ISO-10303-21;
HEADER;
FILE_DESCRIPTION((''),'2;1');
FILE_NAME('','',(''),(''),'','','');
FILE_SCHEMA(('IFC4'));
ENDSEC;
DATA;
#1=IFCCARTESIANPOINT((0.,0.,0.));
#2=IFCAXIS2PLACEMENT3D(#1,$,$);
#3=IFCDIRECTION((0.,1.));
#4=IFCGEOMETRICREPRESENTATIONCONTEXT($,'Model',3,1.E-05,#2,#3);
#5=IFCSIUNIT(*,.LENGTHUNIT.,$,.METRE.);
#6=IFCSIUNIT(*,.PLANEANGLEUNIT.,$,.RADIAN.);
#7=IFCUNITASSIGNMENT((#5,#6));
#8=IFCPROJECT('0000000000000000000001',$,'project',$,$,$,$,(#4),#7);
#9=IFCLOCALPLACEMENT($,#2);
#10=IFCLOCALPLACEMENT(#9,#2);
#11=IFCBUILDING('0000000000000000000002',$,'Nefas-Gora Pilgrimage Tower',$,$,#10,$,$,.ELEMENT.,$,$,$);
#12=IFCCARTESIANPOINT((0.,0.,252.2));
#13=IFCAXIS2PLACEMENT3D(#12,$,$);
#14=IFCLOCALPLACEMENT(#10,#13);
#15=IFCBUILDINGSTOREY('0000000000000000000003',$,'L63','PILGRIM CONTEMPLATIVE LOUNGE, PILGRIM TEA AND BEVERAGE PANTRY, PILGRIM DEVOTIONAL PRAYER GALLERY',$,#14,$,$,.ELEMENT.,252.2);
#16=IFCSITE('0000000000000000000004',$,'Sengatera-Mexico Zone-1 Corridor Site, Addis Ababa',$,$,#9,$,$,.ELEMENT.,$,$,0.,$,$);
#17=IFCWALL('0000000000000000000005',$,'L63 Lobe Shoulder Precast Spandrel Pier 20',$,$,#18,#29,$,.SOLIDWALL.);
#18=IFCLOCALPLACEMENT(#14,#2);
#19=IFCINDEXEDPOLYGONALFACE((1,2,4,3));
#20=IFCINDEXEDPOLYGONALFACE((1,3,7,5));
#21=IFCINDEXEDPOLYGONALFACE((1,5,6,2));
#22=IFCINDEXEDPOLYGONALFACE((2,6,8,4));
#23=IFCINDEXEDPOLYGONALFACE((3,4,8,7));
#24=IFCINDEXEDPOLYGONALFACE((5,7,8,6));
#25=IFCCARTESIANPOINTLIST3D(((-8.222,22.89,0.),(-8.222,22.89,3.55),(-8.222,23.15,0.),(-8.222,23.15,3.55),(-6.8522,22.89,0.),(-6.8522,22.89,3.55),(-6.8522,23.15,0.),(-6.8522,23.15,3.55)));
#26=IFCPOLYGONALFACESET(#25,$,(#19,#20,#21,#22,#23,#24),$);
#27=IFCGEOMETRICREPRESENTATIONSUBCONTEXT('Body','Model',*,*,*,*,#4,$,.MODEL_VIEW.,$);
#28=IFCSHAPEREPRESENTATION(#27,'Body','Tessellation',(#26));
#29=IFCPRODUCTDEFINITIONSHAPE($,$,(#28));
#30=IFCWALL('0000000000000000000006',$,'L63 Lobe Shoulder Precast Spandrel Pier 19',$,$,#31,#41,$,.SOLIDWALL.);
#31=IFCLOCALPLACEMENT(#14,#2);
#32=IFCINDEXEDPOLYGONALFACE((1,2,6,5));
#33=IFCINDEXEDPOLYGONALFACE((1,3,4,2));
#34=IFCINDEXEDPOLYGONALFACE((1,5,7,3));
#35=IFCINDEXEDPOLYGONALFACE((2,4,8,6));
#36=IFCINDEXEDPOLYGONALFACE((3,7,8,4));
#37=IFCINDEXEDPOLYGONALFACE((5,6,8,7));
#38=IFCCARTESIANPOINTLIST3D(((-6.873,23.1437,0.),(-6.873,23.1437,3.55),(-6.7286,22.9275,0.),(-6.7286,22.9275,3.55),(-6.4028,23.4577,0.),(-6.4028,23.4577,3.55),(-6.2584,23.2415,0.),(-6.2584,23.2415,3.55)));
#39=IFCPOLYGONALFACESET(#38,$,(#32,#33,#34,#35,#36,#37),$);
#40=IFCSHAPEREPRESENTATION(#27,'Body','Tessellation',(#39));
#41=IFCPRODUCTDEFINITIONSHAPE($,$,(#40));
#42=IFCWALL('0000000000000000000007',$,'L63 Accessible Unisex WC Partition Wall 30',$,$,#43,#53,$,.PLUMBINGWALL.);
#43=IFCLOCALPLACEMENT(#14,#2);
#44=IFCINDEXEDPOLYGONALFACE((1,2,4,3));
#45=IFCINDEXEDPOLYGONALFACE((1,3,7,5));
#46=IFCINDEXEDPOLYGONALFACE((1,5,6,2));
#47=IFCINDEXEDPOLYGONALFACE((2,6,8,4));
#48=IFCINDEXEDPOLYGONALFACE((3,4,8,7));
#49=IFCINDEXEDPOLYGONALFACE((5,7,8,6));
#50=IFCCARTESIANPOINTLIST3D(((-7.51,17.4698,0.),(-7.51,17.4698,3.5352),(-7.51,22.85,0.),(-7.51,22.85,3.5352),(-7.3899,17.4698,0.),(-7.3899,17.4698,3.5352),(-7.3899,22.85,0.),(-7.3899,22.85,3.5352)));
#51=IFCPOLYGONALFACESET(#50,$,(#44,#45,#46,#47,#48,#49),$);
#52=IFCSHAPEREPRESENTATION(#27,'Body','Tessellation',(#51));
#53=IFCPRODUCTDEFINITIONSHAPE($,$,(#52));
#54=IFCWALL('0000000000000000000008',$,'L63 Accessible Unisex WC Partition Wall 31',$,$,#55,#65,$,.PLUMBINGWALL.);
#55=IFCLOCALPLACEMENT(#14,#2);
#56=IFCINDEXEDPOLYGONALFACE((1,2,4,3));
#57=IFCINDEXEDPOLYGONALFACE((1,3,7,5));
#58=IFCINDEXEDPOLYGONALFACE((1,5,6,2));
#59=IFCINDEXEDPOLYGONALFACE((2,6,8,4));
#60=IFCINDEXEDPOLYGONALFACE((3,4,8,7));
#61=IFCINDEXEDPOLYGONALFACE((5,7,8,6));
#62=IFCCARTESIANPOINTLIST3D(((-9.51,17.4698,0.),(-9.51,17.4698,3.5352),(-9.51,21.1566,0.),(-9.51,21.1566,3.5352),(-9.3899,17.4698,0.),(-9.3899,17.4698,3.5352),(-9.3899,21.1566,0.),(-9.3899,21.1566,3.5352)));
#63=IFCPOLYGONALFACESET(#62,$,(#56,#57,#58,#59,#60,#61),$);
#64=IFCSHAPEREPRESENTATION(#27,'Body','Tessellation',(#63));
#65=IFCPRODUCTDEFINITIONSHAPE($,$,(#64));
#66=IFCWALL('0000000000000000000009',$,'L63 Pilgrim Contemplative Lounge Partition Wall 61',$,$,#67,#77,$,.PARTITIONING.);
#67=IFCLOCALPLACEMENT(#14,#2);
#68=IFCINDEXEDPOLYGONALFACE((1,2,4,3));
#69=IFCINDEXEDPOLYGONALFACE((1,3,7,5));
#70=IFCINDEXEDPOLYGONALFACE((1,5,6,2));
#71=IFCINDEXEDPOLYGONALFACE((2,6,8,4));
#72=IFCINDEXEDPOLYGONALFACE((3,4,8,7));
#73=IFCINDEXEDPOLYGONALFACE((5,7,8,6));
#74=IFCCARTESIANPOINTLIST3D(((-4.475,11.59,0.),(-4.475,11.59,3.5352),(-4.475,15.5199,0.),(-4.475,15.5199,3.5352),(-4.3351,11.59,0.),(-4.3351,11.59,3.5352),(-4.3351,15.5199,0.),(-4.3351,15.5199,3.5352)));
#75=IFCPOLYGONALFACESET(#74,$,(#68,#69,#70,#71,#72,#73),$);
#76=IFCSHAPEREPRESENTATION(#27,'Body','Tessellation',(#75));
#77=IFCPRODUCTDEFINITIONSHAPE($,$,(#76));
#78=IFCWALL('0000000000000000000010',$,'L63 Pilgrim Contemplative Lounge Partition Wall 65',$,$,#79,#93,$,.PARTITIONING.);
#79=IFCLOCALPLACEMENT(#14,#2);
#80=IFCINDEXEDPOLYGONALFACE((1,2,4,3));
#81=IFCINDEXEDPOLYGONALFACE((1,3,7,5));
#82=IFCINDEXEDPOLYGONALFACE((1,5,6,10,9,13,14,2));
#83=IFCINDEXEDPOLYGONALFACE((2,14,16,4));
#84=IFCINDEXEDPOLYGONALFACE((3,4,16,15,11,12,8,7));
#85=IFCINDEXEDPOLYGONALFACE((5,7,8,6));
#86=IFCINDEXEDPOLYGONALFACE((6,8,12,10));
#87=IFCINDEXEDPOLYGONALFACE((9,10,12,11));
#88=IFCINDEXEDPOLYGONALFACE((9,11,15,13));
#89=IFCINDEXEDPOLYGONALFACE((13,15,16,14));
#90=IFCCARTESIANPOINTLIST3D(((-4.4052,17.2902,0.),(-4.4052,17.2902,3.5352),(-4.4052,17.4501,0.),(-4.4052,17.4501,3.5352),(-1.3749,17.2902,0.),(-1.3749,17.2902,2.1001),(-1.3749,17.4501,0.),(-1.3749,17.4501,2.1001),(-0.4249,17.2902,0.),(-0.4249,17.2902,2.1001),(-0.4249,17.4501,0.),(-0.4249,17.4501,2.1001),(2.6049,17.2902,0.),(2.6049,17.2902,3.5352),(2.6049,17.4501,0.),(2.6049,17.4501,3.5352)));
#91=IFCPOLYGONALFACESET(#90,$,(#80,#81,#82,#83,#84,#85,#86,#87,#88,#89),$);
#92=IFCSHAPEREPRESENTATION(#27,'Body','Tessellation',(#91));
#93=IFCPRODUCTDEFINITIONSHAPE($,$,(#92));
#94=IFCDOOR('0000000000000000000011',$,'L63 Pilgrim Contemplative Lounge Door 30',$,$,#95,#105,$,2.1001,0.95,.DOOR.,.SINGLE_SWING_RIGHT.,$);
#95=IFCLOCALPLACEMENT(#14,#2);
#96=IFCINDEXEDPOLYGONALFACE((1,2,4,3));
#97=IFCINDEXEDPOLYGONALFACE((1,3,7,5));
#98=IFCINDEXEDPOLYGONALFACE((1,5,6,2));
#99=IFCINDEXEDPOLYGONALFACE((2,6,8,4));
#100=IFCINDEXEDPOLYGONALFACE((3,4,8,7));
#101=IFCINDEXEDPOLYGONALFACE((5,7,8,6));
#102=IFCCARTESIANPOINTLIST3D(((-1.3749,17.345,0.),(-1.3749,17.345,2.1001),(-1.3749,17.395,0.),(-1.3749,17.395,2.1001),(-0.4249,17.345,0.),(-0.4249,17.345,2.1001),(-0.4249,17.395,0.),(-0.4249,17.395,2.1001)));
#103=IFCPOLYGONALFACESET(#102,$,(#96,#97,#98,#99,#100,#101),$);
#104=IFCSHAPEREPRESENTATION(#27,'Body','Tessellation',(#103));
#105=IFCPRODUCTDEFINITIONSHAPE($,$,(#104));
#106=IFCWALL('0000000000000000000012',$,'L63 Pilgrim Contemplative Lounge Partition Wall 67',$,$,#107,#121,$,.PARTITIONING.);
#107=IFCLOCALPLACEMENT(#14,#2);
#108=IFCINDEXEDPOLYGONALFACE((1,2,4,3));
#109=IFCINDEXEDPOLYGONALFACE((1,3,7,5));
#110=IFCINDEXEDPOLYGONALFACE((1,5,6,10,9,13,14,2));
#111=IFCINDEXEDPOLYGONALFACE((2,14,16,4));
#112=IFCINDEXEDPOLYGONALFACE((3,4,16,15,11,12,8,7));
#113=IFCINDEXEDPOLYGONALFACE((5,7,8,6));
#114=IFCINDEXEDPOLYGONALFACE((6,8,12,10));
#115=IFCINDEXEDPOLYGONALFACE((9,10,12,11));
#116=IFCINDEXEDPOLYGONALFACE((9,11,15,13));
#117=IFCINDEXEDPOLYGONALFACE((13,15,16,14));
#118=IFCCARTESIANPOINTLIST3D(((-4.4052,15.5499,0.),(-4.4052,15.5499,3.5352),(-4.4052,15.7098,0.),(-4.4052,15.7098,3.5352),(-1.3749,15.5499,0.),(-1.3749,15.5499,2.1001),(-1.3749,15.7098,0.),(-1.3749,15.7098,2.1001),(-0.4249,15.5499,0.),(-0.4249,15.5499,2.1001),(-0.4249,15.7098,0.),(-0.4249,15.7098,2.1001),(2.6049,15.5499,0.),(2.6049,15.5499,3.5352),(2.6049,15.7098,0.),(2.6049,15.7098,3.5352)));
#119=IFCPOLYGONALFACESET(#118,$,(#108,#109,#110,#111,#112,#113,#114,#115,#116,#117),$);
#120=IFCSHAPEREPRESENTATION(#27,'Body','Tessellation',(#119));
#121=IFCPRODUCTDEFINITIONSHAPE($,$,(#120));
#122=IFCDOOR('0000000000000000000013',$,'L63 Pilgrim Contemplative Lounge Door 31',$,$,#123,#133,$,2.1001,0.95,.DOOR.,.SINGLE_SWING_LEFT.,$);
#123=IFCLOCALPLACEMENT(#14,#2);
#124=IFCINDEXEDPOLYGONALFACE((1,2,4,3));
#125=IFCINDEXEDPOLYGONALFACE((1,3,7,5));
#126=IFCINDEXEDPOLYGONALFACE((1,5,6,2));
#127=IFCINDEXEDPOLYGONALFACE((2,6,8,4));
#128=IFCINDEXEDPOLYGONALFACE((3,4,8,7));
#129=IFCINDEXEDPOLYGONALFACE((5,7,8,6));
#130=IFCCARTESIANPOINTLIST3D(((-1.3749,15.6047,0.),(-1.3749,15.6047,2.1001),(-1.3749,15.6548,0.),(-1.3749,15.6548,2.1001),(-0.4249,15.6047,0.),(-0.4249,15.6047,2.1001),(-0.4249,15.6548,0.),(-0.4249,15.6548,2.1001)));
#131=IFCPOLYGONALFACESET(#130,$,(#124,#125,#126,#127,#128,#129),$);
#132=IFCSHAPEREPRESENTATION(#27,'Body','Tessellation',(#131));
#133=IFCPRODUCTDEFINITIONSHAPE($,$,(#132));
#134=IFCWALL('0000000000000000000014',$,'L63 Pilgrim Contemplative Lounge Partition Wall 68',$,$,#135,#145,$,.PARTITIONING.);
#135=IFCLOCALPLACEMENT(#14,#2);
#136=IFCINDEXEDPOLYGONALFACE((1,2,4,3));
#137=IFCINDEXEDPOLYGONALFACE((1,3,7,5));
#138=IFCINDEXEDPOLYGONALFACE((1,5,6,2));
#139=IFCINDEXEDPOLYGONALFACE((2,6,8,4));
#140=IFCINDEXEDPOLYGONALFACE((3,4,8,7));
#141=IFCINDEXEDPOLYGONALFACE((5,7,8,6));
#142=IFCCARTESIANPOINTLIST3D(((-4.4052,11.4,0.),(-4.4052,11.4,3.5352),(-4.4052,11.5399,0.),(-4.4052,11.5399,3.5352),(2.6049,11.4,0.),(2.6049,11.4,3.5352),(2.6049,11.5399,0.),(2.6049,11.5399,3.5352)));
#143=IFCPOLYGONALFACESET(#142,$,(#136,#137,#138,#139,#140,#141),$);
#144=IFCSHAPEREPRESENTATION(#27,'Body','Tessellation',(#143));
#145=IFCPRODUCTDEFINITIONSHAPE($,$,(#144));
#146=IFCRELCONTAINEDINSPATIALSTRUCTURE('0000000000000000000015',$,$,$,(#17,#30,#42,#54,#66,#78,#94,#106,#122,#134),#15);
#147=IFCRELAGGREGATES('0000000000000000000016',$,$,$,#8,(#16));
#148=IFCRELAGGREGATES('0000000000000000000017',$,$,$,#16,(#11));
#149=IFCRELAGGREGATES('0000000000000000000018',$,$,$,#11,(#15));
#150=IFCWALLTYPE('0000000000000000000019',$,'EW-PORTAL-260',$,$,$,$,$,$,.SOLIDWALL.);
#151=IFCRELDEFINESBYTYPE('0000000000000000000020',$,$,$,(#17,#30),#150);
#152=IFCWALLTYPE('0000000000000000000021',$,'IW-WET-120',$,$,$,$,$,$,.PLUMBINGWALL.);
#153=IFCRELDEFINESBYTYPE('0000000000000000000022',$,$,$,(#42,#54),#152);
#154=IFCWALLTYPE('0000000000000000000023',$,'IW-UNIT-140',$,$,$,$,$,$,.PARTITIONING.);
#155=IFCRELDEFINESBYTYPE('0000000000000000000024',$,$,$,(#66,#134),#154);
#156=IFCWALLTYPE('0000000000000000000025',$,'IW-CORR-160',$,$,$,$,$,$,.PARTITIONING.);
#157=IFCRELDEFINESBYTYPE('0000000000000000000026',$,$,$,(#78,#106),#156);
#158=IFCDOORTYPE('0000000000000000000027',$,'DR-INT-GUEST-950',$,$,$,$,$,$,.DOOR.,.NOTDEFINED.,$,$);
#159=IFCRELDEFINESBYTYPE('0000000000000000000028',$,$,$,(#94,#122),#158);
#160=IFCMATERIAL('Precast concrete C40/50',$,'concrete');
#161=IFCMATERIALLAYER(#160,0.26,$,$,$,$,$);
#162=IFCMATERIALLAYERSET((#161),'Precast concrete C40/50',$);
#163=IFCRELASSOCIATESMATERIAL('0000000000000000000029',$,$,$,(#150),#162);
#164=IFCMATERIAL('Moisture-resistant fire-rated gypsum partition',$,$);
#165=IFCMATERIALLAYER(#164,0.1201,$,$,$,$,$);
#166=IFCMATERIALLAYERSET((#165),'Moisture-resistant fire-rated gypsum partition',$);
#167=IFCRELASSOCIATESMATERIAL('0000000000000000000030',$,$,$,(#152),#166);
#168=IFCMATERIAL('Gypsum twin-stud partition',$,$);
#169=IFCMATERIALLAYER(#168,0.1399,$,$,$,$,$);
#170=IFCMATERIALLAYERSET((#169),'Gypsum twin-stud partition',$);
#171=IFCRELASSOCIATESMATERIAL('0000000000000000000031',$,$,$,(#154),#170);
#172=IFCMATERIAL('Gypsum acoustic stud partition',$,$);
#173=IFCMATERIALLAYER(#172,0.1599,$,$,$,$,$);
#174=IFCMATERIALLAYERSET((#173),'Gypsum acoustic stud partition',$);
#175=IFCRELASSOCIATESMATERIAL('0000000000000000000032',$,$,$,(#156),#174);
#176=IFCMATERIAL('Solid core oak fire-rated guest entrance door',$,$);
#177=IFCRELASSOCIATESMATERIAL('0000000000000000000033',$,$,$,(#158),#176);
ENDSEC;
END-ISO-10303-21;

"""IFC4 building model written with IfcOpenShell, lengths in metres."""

from ifc_helpers import new_model, si_unit, direction, frame, frame_2d, origin, place, context, subcontext, project, spatial, rectangle, extrude, source, transform, mapped, material, layer, layer_set, type_object, element, fill, save


model = new_model("IFC4")

# Units and contexts
model_context = context("Model", 3, precision=1e-05, world=origin(), true_north=direction((0.0, 1.0)))
body_context = subcontext(model_context, "Body", "Model", "MODEL_VIEW")
ifc_project = project(units=[si_unit("LENGTHUNIT", "METRE"), si_unit("PLANEANGLEUNIT", "RADIAN")], contexts=[model_context])

# Site, building, storey
site_placement = place(None, origin())
site = spatial("IfcSite", under=ifc_project, at=site_placement, Name="Sengatera-Mexico Zone-1 Corridor Site, Addis Ababa", CompositionType="ELEMENT", RefElevation=0.0)
building_placement = place(site_placement, origin())
building = spatial("IfcBuilding", under=site, at=building_placement, Name="Nefas-Gora Pilgrimage Tower", CompositionType="ELEMENT")
storey_placement = place(building_placement, frame((0.0, 0.0, 252.2)))
storey = spatial("IfcBuildingStorey", under=building, at=storey_placement, Name="L63", Description="PILGRIM CONTEMPLATIVE LOUNGE, PILGRIM TEA AND BEVERAGE PANTRY, PILGRIM DEVOTIONAL PRAYER GALLERY", CompositionType="ELEMENT", Elevation=252.2)

# Walls
ifc_material_1 = material(Name="Precast concrete C40/50", Category="concrete")
ifc_layer_1 = layer(ifc_material_1, 0.26)
ifc_layer_set_1 = layer_set([ifc_layer_1], Name="Precast concrete C40/50")
wall_type_1 = type_object("IfcWallType", Name="EW-PORTAL-260", PredefinedType="SOLIDWALL", material=ifc_layer_set_1)
shared_shape_1 = source(origin(), body_context, "Body", "SweptSolid", [
    extrude(rectangle(XDim=1.3699, YDim=0.26, at=frame_2d((0.6851, 0.0))), origin(), (0.0, 0.0, 1.0), 3.55),
])
wall_1_placement = place(storey_placement, frame((-6.8521, 23.02, 0.0), z_axis=(0.0, 0.0, 1.0), x_axis=(-1.0, 0.0, 0.0)))
element("IfcWall", 1, at=wall_1_placement, inside=storey, type_object=wall_type_1, Name="L63 Lobe Shoulder Precast Spandrel Pier 20", PredefinedType="SOLIDWALL", context=body_context, shape_type="MappedRepresentation", body=[
    mapped(shared_shape_1, transform((0.0, 0.0, 0.0), x_axis=(1.0, 0.0, 0.0), y_axis=(0.0, 1.0, 0.0), z_axis=(0.0, 0.0, 1.0), scale=1.0)),
])
shared_shape_2 = source(origin(), body_context, "Body", "SweptSolid", [
    extrude(rectangle(XDim=0.5654, YDim=0.26, at=frame_2d((0.2827, 0.0))), origin(), (0.0, 0.0, 1.0), 3.55),
])
wall_2_placement = place(storey_placement, frame((-6.3306, 23.3496, 0.0), z_axis=(0.0, 0.0, 1.0), x_axis=(-0.831651, -0.555298, 0.0)))
element("IfcWall", 2, at=wall_2_placement, inside=storey, type_object=wall_type_1, Name="L63 Lobe Shoulder Precast Spandrel Pier 19", PredefinedType="SOLIDWALL", context=body_context, shape_type="MappedRepresentation", body=[
    mapped(shared_shape_2, transform((0.0, 0.0, 0.0), x_axis=(1.0, 0.0, 0.0), y_axis=(0.0, 1.0, 0.0), z_axis=(0.0, 0.0, 1.0), scale=1.0)),
])
ifc_material_2 = material(Name="Moisture-resistant fire-rated gypsum partition")
ifc_layer_2 = layer(ifc_material_2, 0.1201)
ifc_layer_set_2 = layer_set([ifc_layer_2], Name="Moisture-resistant fire-rated gypsum partition")
wall_type_2 = type_object("IfcWallType", Name="IW-WET-120", PredefinedType="PLUMBINGWALL", material=ifc_layer_set_2)
shared_shape_3 = source(origin(), body_context, "Body", "SweptSolid", [
    extrude(rectangle(XDim=5.3801, YDim=0.1201, at=frame_2d((2.6899, 0.0))), origin(), (0.0, 0.0, 1.0), 3.5352),
])
wall_3_placement = place(storey_placement, frame((-7.45, 17.47, 0.0), z_axis=(0.0, 0.0, 1.0), x_axis=(0.0, 1.0, 0.0)))
element("IfcWall", 3, at=wall_3_placement, inside=storey, type_object=wall_type_2, Name="L63 Accessible Unisex WC Partition Wall 30", PredefinedType="PLUMBINGWALL", context=body_context, shape_type="MappedRepresentation", body=[
    mapped(shared_shape_3, transform((0.0, 0.0, 0.0), x_axis=(1.0, 0.0, 0.0), y_axis=(0.0, 1.0, 0.0), z_axis=(0.0, 0.0, 1.0), scale=1.0)),
])
shared_shape_4 = source(origin(), body_context, "Body", "SweptSolid", [
    extrude(rectangle(XDim=3.6868, YDim=0.1201, at=frame_2d((1.8433, 0.0))), origin(), (0.0, 0.0, 1.0), 3.5352),
])
wall_4_placement = place(storey_placement, frame((-9.45, 17.47, 0.0), z_axis=(0.0, 0.0, 1.0), x_axis=(0.0, 1.0, 0.0)))
element("IfcWall", 4, at=wall_4_placement, inside=storey, type_object=wall_type_2, Name="L63 Accessible Unisex WC Partition Wall 31", PredefinedType="PLUMBINGWALL", context=body_context, shape_type="MappedRepresentation", body=[
    mapped(shared_shape_4, transform((0.0, 0.0, 0.0), x_axis=(1.0, 0.0, 0.0), y_axis=(0.0, 1.0, 0.0), z_axis=(0.0, 0.0, 1.0), scale=1.0)),
])
ifc_material_3 = material(Name="Gypsum twin-stud partition")
ifc_layer_3 = layer(ifc_material_3, 0.1399)
ifc_layer_set_3 = layer_set([ifc_layer_3], Name="Gypsum twin-stud partition")
wall_type_3 = type_object("IfcWallType", Name="IW-UNIT-140", PredefinedType="PARTITIONING", material=ifc_layer_set_3)
shared_shape_5 = source(origin(), body_context, "Body", "SweptSolid", [
    extrude(rectangle(XDim=3.9299, YDim=0.1399, at=frame_2d((1.9648, 0.0))), origin(), (0.0, 0.0, 1.0), 3.5352),
])
wall_5_placement = place(storey_placement, frame((-4.405, 11.5901, 0.0), z_axis=(0.0, 0.0, 1.0), x_axis=(0.0, 1.0, 0.0)))
element("IfcWall", 5, at=wall_5_placement, inside=storey, type_object=wall_type_3, Name="L63 Pilgrim Contemplative Lounge Partition Wall 61", PredefinedType="PARTITIONING", context=body_context, shape_type="MappedRepresentation", body=[
    mapped(shared_shape_5, transform((0.0, 0.0, 0.0), x_axis=(1.0, 0.0, 0.0), y_axis=(0.0, 1.0, 0.0), z_axis=(0.0, 0.0, 1.0), scale=1.0)),
])

# Walls, openings, doors
ifc_material_4 = material(Name="Gypsum acoustic stud partition")
ifc_layer_4 = layer(ifc_material_4, 0.1599)
ifc_layer_set_4 = layer_set([ifc_layer_4], Name="Gypsum acoustic stud partition")
wall_type_4 = type_object("IfcWallType", Name="IW-CORR-160", PredefinedType="PARTITIONING", material=ifc_layer_set_4)
shared_shape_6 = source(origin(), body_context, "Body", "SweptSolid", [
    extrude(rectangle(XDim=7.01, YDim=0.1599, at=frame_2d((3.5049, 0.0))), origin(), (0.0, 0.0, 1.0), 3.5352),
])
wall_6_placement = place(storey_placement, frame((-4.405, 17.3701, 0.0), z_axis=(0.0, 0.0, 1.0), x_axis=(1.0, 0.0, 0.0)))
wall_6 = element("IfcWall", 6, at=wall_6_placement, inside=storey, type_object=wall_type_4, Name="L63 Pilgrim Contemplative Lounge Partition Wall 65", PredefinedType="PARTITIONING", context=body_context, shape_type="MappedRepresentation", body=[
    mapped(shared_shape_6, transform((0.0, 0.0, 0.0), x_axis=(1.0, 0.0, 0.0), y_axis=(0.0, 1.0, 0.0), z_axis=(0.0, 0.0, 1.0), scale=1.0)),
])
opening_1_placement = place(wall_6_placement, frame((3.03, 0.0, 0.0)))
opening_1 = element("IfcOpeningElement", 7, at=opening_1_placement, cuts=wall_6, PredefinedType="OPENING", context=body_context, shape_type="SweptSolid", body=[
    extrude(rectangle(XDim=0.95, YDim=2.1001, at=frame_2d((0.4751, 1.05))), frame((0.0, 0.0898, 0.0), z_axis=(0.0, -1.0, 0.0), x_axis=(1.0, 0.0, 0.0)), (0.0, 0.0, 1.0), 0.1799),
])
ifc_material_5 = material(Name="Solid core oak fire-rated guest entrance door")
door_type_1 = type_object("IfcDoorType", Name="DR-INT-GUEST-950", OperationType="NOTDEFINED", PredefinedType="DOOR", material=ifc_material_5)
shared_shape_7 = source(origin(), body_context, "Body", "SweptSolid", [
    extrude(rectangle(XDim=0.95, YDim=2.1001, at=frame_2d((0.4751, 1.05))), frame((0.0, 0.0249, 0.0), z_axis=(0.0, -1.0, 0.0), x_axis=(1.0, 0.0, 0.0)), (0.0, 0.0, 1.0), 0.05),
])
door_1_placement = place(opening_1_placement, origin())
door_1 = element("IfcDoor", 8, at=door_1_placement, inside=storey, type_object=door_type_1, Name="L63 Pilgrim Contemplative Lounge Door 30", OperationType="SINGLE_SWING_RIGHT", OverallHeight=2.1001, OverallWidth=0.95, PredefinedType="DOOR", context=body_context, shape_type="MappedRepresentation", body=[
    mapped(shared_shape_7, transform((0.0, 0.0, 0.0), x_axis=(1.0, 0.0, 0.0), y_axis=(0.0, 1.0, 0.0), z_axis=(0.0, 0.0, 1.0), scale=1.0)),
])
fill(opening_1, door_1)
wall_7_placement = place(storey_placement, frame((-4.405, 15.6299, 0.0), z_axis=(0.0, 0.0, 1.0), x_axis=(1.0, 0.0, 0.0)))
wall_7 = element("IfcWall", 9, at=wall_7_placement, inside=storey, type_object=wall_type_4, Name="L63 Pilgrim Contemplative Lounge Partition Wall 67", PredefinedType="PARTITIONING", context=body_context, shape_type="MappedRepresentation", body=[
    mapped(shared_shape_6, transform((0.0, 0.0, 0.0), x_axis=(1.0, 0.0, 0.0), y_axis=(0.0, 1.0, 0.0), z_axis=(0.0, 0.0, 1.0), scale=1.0)),
])
opening_2_placement = place(wall_7_placement, frame((3.03, 0.0, 0.0)))
opening_2 = element("IfcOpeningElement", 10, at=opening_2_placement, cuts=wall_7, PredefinedType="OPENING", context=body_context, shape_type="SweptSolid", body=[
    extrude(rectangle(XDim=0.95, YDim=2.1001, at=frame_2d((0.4751, 1.05))), frame((0.0, 0.0898, 0.0), z_axis=(0.0, -1.0, 0.0), x_axis=(1.0, 0.0, 0.0)), (0.0, 0.0, 1.0), 0.1799),
])
door_2_placement = place(opening_2_placement, origin())
door_2 = element("IfcDoor", 11, at=door_2_placement, inside=storey, type_object=door_type_1, Name="L63 Pilgrim Contemplative Lounge Door 31", OperationType="SINGLE_SWING_LEFT", OverallHeight=2.1001, OverallWidth=0.95, PredefinedType="DOOR", context=body_context, shape_type="MappedRepresentation", body=[
    mapped(shared_shape_7, transform((0.0, 0.0, 0.0), x_axis=(1.0, 0.0, 0.0), y_axis=(0.0, 1.0, 0.0), z_axis=(0.0, 0.0, 1.0), scale=1.0)),
])
fill(opening_2, door_2)

# Wall
shared_shape_8 = source(origin(), body_context, "Body", "SweptSolid", [
    extrude(rectangle(XDim=7.01, YDim=0.1399, at=frame_2d((3.5049, 0.0))), origin(), (0.0, 0.0, 1.0), 3.5352),
])
wall_8_placement = place(storey_placement, frame((-4.405, 11.47, 0.0), z_axis=(0.0, 0.0, 1.0), x_axis=(1.0, 0.0, 0.0)))
element("IfcWall", 12, at=wall_8_placement, inside=storey, type_object=wall_type_3, Name="L63 Pilgrim Contemplative Lounge Partition Wall 68", PredefinedType="PARTITIONING", context=body_context, shape_type="MappedRepresentation", body=[
    mapped(shared_shape_8, transform((0.0, 0.0, 0.0), x_axis=(1.0, 0.0, 0.0), y_axis=(0.0, 1.0, 0.0), z_axis=(0.0, 0.0, 1.0), scale=1.0)),
])

save(model, "model.ifc")
